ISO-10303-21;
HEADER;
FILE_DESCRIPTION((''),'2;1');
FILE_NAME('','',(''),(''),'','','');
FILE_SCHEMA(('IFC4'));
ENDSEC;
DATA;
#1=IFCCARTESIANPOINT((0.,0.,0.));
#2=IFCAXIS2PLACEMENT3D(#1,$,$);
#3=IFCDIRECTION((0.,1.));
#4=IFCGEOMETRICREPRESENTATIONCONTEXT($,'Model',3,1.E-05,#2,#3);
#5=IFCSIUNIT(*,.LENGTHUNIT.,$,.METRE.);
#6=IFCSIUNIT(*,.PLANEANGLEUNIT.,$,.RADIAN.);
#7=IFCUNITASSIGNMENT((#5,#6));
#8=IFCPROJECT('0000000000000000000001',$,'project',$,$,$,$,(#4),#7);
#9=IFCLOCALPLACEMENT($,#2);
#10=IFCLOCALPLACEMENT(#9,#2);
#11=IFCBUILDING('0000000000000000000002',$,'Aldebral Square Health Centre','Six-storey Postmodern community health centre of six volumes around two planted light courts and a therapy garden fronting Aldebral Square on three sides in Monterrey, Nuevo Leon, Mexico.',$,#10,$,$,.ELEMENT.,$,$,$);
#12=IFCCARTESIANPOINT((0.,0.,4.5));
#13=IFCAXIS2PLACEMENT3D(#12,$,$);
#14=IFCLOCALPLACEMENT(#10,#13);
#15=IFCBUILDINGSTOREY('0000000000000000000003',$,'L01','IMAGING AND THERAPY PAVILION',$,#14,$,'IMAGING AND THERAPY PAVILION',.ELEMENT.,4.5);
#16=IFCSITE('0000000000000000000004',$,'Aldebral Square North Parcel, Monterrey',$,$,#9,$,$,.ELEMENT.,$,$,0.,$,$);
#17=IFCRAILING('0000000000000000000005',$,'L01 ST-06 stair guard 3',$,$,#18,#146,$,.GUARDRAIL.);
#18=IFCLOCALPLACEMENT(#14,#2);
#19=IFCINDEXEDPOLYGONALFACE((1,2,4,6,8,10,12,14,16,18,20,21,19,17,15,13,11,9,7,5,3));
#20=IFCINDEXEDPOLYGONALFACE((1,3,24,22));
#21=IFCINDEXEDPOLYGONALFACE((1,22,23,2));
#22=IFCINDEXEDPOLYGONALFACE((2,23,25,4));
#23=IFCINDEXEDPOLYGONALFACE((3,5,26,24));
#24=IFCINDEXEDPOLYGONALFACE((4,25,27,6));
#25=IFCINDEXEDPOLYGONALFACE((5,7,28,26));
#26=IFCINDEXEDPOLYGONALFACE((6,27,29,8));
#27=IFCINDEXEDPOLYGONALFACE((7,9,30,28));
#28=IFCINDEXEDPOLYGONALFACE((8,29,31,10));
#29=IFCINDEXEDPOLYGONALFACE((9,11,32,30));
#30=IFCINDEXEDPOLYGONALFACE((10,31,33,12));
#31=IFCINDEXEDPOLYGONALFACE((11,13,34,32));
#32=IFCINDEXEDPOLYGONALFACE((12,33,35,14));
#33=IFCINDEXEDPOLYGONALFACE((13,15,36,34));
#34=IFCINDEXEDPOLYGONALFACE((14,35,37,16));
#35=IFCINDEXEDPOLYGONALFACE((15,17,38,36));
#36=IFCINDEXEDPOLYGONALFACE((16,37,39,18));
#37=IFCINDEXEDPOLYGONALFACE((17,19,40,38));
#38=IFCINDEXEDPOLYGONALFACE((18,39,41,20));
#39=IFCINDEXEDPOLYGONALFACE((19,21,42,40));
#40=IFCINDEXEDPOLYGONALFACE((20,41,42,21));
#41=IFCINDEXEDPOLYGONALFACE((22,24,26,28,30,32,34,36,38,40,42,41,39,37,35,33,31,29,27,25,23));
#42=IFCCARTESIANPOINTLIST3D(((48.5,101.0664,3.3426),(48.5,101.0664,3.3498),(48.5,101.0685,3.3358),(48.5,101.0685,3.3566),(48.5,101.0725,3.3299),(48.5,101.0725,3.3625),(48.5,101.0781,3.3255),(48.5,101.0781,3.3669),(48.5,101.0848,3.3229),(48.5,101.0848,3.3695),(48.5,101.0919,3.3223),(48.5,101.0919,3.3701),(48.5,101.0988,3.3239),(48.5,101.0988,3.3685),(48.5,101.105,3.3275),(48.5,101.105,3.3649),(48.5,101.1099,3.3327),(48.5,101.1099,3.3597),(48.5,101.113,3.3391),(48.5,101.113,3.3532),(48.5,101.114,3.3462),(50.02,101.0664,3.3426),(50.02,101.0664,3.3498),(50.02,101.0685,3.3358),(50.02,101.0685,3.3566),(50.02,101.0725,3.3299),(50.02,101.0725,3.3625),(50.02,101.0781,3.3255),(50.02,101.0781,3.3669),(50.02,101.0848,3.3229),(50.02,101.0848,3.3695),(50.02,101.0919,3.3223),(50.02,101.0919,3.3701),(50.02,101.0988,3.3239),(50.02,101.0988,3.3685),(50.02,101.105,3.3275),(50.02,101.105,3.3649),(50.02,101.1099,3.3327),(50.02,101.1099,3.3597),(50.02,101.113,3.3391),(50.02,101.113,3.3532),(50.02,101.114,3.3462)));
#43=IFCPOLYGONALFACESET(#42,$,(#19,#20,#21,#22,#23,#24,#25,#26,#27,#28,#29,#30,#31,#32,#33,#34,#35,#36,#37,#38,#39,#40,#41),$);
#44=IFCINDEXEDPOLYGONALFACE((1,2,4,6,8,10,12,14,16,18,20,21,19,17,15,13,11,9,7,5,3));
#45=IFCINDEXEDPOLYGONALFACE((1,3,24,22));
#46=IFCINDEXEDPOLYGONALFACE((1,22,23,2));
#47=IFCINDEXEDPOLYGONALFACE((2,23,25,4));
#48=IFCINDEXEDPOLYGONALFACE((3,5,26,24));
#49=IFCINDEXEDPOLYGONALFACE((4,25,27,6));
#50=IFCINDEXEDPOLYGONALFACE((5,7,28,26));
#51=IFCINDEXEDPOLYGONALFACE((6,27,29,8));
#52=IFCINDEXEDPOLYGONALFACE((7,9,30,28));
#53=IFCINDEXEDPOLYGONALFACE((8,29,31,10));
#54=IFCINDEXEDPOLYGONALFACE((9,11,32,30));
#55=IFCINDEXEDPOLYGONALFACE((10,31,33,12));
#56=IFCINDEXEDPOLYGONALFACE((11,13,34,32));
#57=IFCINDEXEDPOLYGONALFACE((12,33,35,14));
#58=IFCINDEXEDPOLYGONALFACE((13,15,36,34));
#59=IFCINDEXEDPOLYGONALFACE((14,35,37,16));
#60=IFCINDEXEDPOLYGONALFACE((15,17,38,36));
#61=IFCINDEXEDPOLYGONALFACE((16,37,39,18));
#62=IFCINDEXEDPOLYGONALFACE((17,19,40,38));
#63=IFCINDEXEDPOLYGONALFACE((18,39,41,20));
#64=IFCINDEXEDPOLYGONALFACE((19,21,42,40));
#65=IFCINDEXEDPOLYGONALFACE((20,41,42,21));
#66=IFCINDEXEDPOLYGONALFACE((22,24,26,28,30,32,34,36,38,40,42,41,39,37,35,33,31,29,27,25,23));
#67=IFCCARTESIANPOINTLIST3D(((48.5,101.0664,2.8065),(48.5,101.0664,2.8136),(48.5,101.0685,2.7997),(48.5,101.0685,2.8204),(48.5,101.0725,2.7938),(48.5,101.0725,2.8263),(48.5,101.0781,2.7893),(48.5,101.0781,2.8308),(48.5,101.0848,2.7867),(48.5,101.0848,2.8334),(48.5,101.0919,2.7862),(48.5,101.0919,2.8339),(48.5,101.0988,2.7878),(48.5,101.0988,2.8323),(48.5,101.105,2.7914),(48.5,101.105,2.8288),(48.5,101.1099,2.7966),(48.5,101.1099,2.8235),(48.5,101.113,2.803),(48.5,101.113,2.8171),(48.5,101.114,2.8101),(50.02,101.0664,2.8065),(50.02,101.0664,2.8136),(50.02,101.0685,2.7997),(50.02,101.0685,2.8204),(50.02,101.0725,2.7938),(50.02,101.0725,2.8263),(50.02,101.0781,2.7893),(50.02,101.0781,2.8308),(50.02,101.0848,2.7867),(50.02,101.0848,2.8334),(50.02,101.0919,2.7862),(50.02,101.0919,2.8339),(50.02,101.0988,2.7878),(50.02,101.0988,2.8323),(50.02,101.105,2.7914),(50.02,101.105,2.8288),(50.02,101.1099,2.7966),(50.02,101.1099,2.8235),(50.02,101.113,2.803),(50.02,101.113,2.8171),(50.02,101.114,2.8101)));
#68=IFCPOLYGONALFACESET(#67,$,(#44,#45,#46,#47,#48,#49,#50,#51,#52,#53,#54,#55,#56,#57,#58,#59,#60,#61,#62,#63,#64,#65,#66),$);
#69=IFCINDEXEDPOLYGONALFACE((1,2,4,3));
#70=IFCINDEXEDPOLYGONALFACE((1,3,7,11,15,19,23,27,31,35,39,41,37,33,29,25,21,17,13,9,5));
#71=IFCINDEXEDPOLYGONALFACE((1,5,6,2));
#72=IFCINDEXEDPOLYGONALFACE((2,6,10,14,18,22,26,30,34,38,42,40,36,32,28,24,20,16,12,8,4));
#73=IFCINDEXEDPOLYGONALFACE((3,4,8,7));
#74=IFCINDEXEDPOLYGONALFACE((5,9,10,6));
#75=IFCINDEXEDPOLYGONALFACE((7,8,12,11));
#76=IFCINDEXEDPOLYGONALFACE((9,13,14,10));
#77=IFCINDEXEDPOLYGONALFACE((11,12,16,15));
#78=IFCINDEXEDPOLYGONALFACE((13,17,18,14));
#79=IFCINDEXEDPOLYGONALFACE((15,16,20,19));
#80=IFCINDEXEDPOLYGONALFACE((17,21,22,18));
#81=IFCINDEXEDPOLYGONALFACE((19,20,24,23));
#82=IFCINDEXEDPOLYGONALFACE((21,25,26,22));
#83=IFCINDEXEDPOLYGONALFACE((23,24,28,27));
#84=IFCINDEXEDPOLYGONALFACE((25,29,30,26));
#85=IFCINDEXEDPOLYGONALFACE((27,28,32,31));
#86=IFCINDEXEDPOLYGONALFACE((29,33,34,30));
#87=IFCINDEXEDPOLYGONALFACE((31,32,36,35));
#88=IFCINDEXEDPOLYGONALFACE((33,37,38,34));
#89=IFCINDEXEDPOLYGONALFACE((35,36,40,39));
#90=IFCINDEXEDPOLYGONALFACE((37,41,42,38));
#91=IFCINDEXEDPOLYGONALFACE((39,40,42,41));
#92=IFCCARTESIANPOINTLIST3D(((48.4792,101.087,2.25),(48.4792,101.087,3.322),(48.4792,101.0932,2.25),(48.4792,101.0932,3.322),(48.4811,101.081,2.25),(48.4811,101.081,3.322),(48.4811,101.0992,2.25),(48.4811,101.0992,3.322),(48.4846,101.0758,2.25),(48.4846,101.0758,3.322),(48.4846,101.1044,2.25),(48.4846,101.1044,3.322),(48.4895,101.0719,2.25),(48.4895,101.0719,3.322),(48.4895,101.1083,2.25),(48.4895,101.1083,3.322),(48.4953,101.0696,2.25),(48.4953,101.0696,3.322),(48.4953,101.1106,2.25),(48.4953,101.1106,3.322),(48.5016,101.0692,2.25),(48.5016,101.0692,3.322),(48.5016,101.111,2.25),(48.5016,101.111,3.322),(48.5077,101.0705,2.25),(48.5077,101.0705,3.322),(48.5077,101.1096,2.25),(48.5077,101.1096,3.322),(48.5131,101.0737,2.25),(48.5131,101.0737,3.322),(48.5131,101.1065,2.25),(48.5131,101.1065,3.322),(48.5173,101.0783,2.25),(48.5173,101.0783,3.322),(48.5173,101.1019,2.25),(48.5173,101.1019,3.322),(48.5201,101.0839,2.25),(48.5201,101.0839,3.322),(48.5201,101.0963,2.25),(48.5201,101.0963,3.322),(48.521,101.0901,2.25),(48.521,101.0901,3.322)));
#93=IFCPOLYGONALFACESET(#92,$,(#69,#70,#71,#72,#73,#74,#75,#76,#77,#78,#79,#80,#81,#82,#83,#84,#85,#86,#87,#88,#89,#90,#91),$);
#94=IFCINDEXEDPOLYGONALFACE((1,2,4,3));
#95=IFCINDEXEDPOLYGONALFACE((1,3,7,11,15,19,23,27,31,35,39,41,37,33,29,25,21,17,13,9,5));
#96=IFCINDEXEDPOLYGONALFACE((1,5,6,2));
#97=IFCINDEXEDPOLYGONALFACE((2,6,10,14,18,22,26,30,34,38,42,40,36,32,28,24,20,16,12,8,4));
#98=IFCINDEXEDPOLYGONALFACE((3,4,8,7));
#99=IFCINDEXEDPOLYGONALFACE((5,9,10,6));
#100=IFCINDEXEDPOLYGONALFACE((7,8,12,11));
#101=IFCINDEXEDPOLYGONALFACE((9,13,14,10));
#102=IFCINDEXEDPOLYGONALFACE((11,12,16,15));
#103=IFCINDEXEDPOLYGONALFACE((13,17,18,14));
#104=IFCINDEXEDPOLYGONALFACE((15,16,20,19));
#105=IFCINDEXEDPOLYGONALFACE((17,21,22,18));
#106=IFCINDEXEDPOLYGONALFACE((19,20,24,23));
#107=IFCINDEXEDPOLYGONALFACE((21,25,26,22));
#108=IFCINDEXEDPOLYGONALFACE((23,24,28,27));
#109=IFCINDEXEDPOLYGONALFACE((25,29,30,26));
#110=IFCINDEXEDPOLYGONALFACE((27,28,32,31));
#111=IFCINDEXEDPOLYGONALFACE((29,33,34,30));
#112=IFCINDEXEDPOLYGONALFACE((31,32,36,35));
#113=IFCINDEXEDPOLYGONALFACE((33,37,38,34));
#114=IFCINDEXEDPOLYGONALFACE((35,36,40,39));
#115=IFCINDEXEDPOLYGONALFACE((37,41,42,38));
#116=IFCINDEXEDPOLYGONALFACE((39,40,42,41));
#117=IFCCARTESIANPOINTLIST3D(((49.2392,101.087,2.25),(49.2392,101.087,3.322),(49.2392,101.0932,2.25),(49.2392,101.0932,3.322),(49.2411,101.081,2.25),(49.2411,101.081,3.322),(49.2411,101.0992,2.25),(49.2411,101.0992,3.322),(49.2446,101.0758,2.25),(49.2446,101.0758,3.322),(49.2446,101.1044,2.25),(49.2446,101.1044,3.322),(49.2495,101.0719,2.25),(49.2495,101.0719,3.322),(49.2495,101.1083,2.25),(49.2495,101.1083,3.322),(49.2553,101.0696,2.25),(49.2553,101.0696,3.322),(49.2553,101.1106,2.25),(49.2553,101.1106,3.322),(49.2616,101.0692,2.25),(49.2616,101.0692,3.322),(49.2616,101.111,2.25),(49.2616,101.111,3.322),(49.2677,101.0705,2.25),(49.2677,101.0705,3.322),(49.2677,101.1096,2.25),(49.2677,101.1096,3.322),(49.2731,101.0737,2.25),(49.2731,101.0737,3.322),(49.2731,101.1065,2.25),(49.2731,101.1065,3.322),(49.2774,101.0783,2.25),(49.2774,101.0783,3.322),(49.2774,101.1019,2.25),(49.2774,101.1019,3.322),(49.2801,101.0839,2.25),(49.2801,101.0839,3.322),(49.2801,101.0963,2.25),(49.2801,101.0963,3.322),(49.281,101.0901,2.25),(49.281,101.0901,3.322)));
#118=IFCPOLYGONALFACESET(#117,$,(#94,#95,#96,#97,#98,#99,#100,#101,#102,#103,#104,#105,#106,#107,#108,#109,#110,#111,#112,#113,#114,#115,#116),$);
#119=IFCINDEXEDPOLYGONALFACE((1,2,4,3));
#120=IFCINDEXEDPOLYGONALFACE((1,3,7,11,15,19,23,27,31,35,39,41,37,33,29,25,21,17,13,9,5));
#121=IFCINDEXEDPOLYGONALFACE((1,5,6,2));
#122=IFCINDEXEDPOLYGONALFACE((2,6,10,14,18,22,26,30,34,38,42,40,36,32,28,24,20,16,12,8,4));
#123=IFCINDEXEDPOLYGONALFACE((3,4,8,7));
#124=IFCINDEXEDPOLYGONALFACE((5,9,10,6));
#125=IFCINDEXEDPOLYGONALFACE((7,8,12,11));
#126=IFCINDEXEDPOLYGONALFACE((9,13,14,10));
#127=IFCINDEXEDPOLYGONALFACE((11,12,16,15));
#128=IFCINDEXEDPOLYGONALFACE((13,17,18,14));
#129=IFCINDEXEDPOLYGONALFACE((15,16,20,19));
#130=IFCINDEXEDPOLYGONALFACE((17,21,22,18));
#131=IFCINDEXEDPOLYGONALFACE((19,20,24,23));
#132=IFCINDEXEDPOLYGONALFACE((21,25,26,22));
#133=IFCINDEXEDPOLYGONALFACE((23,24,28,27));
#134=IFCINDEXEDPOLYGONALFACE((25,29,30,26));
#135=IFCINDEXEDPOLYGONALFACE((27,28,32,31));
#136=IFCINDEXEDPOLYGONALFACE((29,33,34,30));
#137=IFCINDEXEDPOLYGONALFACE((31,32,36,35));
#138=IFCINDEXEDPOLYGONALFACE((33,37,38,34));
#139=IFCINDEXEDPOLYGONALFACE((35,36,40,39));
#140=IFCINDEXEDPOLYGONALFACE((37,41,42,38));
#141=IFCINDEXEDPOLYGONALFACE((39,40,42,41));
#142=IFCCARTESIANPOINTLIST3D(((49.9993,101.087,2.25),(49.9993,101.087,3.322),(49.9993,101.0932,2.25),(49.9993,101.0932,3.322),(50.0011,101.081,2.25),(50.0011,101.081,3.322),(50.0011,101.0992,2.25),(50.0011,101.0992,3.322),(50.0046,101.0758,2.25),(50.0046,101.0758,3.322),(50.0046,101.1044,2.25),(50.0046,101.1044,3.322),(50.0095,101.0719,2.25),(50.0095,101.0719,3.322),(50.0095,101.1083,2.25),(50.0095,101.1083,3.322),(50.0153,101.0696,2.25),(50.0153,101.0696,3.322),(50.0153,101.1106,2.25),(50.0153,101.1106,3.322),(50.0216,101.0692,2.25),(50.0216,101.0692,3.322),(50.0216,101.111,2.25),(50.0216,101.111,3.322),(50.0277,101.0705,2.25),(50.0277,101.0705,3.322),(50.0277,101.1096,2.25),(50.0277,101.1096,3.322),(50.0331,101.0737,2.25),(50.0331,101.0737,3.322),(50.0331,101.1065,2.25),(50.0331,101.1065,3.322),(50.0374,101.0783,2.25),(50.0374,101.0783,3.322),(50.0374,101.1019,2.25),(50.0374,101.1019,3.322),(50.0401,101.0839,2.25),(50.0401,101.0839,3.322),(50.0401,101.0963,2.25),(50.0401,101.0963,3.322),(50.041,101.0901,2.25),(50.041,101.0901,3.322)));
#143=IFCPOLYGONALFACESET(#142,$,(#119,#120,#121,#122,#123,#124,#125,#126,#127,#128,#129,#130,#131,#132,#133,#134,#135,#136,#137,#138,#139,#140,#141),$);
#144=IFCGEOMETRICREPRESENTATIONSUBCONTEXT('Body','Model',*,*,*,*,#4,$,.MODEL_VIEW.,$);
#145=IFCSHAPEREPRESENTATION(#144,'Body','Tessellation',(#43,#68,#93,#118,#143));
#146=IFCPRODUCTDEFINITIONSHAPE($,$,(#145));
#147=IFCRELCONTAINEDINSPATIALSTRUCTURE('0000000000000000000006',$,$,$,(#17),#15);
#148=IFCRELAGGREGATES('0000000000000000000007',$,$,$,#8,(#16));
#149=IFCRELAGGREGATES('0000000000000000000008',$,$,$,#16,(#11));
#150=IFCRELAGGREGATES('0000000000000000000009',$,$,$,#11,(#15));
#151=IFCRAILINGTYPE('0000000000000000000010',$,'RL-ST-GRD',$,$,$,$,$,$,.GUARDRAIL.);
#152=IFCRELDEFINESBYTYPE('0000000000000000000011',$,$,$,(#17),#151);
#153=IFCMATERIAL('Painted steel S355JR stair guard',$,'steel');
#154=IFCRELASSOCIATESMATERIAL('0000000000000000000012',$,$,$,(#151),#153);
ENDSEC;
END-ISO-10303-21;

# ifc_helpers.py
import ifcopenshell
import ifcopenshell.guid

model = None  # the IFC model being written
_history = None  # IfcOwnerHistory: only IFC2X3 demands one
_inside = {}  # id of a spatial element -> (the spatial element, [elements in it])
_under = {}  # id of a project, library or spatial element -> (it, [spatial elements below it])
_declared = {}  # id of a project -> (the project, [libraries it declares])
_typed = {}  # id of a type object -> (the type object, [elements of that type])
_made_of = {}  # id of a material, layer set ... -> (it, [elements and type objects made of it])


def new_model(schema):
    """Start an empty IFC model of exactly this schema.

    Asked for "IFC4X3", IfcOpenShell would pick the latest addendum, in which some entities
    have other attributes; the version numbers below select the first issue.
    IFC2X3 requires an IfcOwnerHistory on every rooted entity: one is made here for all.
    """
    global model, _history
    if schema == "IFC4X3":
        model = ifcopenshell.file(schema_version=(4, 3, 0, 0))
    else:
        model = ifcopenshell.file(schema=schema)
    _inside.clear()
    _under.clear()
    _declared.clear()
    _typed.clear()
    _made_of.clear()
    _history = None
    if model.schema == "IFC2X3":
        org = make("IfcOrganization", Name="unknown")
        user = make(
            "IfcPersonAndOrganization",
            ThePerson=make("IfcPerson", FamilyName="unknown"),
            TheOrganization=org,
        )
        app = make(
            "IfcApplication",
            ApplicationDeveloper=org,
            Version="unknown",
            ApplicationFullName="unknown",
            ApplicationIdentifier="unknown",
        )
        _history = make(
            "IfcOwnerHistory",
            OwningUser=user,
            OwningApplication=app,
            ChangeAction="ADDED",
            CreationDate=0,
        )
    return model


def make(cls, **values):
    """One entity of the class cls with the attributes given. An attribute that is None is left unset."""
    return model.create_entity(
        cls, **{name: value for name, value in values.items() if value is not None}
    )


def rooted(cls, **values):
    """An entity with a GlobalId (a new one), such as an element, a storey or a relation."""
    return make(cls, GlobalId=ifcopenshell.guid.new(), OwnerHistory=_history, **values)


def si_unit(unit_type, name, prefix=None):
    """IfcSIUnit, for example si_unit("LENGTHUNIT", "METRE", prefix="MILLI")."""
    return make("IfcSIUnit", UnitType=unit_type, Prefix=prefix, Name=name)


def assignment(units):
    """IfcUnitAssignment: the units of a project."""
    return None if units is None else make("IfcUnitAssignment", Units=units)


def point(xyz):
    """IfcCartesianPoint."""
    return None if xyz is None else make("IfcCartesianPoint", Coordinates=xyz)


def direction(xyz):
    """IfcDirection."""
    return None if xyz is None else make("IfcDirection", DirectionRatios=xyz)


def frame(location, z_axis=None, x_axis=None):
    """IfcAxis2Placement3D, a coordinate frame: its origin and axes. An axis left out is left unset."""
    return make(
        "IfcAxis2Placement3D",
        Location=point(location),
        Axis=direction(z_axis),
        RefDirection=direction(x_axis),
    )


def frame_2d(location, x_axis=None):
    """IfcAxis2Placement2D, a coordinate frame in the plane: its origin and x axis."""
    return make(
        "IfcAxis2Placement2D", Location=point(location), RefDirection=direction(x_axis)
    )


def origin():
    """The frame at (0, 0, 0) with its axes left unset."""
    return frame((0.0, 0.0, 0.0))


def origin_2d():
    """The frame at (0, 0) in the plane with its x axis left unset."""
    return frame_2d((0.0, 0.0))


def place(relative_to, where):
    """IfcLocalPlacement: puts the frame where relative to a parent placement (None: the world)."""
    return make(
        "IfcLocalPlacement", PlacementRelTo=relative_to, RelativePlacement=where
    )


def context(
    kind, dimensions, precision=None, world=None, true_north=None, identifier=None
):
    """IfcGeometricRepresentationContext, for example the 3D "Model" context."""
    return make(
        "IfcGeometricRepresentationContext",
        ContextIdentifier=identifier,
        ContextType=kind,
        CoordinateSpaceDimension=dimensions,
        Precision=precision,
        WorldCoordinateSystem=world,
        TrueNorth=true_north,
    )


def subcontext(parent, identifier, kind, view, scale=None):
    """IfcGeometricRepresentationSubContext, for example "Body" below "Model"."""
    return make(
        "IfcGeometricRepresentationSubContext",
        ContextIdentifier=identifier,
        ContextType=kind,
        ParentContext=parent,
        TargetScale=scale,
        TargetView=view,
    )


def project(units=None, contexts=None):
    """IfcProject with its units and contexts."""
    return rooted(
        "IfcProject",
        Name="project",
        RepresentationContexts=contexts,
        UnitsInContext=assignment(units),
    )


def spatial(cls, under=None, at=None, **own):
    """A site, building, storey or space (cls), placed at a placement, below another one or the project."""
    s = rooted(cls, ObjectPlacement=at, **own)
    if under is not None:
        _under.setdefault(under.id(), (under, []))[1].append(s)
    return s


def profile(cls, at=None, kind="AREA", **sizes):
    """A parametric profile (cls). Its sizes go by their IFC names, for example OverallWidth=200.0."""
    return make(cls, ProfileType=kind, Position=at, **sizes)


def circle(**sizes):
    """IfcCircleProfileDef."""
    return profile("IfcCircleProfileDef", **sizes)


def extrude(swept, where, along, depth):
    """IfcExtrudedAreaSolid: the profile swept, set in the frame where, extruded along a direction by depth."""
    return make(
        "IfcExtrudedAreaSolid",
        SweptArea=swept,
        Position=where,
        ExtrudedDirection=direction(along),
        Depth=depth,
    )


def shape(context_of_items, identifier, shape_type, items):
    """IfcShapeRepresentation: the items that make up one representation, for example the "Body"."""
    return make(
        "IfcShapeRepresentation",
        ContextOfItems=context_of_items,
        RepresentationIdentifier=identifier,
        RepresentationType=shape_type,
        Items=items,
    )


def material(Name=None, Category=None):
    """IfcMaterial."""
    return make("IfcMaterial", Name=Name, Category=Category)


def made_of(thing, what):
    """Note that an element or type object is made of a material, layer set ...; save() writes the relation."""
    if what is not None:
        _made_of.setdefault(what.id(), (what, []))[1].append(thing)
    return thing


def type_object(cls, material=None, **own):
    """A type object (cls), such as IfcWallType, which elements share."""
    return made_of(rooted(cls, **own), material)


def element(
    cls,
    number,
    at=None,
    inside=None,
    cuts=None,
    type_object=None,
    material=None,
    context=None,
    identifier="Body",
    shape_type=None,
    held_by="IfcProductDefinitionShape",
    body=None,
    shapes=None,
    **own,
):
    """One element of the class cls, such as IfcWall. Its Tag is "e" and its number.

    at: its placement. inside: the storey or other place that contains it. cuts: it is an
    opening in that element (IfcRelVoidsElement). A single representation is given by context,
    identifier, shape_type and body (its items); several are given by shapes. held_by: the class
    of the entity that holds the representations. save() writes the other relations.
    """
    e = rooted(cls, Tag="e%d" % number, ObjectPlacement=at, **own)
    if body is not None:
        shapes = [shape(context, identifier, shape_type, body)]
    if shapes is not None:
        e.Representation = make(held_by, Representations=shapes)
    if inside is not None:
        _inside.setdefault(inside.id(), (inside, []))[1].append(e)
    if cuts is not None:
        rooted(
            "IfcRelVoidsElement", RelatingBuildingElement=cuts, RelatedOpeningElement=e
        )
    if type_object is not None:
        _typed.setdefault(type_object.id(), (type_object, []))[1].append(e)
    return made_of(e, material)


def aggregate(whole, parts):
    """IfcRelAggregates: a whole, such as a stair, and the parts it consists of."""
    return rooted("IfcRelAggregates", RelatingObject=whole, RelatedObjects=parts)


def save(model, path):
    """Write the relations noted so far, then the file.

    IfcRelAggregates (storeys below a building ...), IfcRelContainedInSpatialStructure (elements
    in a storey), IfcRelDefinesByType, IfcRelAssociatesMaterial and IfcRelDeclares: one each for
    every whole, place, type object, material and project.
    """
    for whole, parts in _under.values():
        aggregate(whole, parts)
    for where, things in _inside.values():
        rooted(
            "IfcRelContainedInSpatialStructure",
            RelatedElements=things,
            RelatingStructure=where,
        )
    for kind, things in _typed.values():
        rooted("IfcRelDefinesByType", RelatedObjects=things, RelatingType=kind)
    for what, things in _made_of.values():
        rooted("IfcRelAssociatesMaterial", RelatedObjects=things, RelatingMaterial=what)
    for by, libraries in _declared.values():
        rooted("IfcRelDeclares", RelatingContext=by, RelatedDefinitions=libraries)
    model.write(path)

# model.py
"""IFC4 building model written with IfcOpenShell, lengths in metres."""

from ifc_helpers import new_model, si_unit, direction, frame, origin, origin_2d, place, context, subcontext, project, spatial, circle, extrude, material, type_object, element, save


model = new_model("IFC4")

# Units and contexts
model_context = context("Model", 3, precision=1e-05, world=origin(), true_north=direction((0.0, 1.0)))
body_context = subcontext(model_context, "Body", "Model", "MODEL_VIEW")
ifc_project = project(units=[si_unit("LENGTHUNIT", "METRE"), si_unit("PLANEANGLEUNIT", "RADIAN")], contexts=[model_context])

# Site, building, storey
site_placement = place(None, origin())
site = spatial("IfcSite", under=ifc_project, at=site_placement, Name="Aldebral Square North Parcel, Monterrey", CompositionType="ELEMENT", RefElevation=0.0)
building_placement = place(site_placement, origin())
building = spatial("IfcBuilding", under=site, at=building_placement, Name="Aldebral Square Health Centre", Description="Six-storey Postmodern community health centre of six volumes around two planted light courts and a therapy garden fronting Aldebral Square on three sides in Monterrey, Nuevo Leon, Mexico.", CompositionType="ELEMENT")
storey_placement = place(building_placement, frame((0.0, 0.0, 4.5)))
storey = spatial("IfcBuildingStorey", under=building, at=storey_placement, Name="L01", Description="IMAGING AND THERAPY PAVILION", LongName="IMAGING AND THERAPY PAVILION", CompositionType="ELEMENT", Elevation=4.5)

# Railing
ifc_material_1 = material(Name="Painted steel S355JR stair guard", Category="steel")
railing_type_1 = type_object("IfcRailingType", Name="RL-ST-GRD", PredefinedType="GUARDRAIL", material=ifc_material_1)
for number, where, name in (
    (1, (48.5, 101.0901, 2.25), "L01 ST-06 stair guard 3"),
):
    element("IfcRailing", number, at=place(storey_placement, frame(where)), inside=storey, type_object=railing_type_1, Name=name, PredefinedType="GUARDRAIL", context=body_context, shape_type="SweptSolid", body=[
        extrude(circle(Radius=0.0239, at=origin_2d()), frame((0.0, 0.0, 1.0962), z_axis=(1.0, 0.0, 0.0), x_axis=(0.0, 1.0, 0.0)), (0.0, 0.0, 1.0), 1.52),
        extrude(circle(Radius=0.0239, at=origin_2d()), frame((0.0, 0.0, 0.5601), z_axis=(1.0, 0.0, 0.0), x_axis=(0.0, 1.0, 0.0)), (0.0, 0.0, 1.0), 1.52),
        extrude(circle(Radius=0.021, at=origin_2d()), origin(), (0.0, 0.0, 1.0), 1.072),
        extrude(circle(Radius=0.021, at=origin_2d()), frame((0.76, 0.0, 0.0)), (0.0, 0.0, 1.0), 1.072),
        extrude(circle(Radius=0.021, at=origin_2d()), frame((1.52, 0.0, 0.0)), (0.0, 0.0, 1.0), 1.072),
    ])

save(model, "model.ifc")
